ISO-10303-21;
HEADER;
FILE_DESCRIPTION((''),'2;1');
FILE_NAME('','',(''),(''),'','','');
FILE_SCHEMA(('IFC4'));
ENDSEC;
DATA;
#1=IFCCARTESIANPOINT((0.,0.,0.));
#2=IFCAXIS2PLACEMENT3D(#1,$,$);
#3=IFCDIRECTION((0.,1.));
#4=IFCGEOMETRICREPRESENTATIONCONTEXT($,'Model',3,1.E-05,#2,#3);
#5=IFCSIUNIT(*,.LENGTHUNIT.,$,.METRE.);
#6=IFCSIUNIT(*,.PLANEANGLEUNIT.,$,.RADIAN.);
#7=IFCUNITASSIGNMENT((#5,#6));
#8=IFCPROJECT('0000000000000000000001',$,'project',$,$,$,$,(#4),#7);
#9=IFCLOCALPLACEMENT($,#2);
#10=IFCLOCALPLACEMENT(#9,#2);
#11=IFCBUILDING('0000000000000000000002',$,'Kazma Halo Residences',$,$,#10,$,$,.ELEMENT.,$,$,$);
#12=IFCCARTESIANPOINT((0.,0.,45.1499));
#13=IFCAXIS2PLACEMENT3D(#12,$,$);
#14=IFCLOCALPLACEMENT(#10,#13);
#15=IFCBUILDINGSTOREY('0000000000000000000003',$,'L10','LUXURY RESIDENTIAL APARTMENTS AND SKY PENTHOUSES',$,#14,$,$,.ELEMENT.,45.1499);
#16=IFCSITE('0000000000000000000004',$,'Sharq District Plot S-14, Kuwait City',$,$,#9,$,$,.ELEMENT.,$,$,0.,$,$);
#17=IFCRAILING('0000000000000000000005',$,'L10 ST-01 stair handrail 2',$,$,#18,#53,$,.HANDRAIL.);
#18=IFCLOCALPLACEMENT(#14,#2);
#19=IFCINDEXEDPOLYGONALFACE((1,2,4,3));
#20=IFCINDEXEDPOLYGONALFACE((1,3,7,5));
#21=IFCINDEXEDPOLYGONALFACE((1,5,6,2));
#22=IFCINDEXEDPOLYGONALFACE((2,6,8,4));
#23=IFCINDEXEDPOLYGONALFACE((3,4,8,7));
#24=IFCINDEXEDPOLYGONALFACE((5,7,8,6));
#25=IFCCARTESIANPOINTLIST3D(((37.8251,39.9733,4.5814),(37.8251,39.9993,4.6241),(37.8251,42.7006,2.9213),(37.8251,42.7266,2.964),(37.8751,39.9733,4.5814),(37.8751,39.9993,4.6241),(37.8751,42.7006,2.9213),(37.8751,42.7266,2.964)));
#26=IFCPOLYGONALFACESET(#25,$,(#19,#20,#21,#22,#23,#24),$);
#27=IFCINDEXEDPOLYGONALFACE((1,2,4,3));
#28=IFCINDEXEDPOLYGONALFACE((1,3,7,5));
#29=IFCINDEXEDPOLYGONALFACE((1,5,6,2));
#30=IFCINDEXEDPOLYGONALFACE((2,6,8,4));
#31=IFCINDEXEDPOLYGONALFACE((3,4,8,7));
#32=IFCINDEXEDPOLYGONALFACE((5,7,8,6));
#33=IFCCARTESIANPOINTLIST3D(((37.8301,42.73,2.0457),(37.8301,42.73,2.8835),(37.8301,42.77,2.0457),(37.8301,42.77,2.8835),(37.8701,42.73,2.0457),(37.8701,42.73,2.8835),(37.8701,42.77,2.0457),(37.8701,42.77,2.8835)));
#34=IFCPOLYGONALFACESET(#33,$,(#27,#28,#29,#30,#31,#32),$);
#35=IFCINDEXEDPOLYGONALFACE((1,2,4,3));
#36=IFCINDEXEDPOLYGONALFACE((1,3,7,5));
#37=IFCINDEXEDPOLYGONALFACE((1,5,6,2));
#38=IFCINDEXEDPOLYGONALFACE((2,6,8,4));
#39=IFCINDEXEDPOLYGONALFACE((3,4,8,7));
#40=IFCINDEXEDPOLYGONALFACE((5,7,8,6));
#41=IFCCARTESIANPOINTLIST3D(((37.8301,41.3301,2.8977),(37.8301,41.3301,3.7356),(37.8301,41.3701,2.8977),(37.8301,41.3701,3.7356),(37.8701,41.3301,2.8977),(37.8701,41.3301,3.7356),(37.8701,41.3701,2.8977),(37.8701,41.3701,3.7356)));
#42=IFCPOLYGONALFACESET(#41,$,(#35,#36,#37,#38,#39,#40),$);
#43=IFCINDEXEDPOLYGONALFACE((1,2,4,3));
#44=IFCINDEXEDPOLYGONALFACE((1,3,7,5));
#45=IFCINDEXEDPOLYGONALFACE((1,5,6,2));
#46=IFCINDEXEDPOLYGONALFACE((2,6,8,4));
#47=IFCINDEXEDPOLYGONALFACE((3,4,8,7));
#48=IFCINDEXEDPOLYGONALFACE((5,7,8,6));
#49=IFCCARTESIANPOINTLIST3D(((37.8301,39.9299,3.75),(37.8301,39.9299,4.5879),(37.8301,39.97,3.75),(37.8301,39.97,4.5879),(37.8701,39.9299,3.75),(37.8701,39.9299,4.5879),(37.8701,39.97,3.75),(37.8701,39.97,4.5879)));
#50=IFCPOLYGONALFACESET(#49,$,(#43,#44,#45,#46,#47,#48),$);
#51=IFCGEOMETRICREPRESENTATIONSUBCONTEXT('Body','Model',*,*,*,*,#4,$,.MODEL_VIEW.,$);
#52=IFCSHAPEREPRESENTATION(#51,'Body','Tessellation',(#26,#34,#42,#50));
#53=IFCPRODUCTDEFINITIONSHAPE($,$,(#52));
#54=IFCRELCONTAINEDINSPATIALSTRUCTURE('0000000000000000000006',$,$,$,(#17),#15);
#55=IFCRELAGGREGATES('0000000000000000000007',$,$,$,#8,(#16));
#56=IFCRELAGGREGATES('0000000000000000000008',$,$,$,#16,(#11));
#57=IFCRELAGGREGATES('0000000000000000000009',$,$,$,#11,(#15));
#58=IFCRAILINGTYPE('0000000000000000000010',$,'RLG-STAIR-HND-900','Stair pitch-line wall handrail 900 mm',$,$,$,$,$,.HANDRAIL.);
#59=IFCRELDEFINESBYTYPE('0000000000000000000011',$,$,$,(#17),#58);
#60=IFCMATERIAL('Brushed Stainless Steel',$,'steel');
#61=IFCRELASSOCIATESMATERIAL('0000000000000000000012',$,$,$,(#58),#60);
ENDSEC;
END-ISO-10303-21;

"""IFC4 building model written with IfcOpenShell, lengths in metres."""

from ifc_helpers import new_model, si_unit, direction, frame, origin, origin_2d, place, context, subcontext, project, spatial, rectangle, extrude, material, type_object, element, save


model = new_model("IFC4")

# Units and contexts
model_context = context("Model", 3, precision=1e-05, world=origin(), true_north=direction((0.0, 1.0)))
body_context = subcontext(model_context, "Body", "Model", "MODEL_VIEW")
ifc_project = project(units=[si_unit("LENGTHUNIT", "METRE"), si_unit("PLANEANGLEUNIT", "RADIAN")], contexts=[model_context])

# Site, building, storey
site_placement = place(None, origin())
site = spatial("IfcSite", under=ifc_project, at=site_placement, Name="Sharq District Plot S-14, Kuwait City", CompositionType="ELEMENT", RefElevation=0.0)
building_placement = place(site_placement, origin())
building = spatial("IfcBuilding", under=site, at=building_placement, Name="Kazma Halo Residences", CompositionType="ELEMENT")
storey_placement = place(building_placement, frame((0.0, 0.0, 45.1499)))
storey = spatial("IfcBuildingStorey", under=building, at=storey_placement, Name="L10", Description="LUXURY RESIDENTIAL APARTMENTS AND SKY PENTHOUSES", CompositionType="ELEMENT", Elevation=45.1499)

# Railing
ifc_material_1 = material(Name="Brushed Stainless Steel", Category="steel")
railing_type_1 = type_object("IfcRailingType", Name="RLG-STAIR-HND-900", Description="Stair pitch-line wall handrail 900 mm", PredefinedType="HANDRAIL", material=ifc_material_1)
railing_1_placement = place(storey_placement, frame((37.8501, 42.75, 2.0457)))
element("IfcRailing", 1, at=railing_1_placement, inside=storey, type_object=railing_type_1, Name="L10 ST-01 stair handrail 2", PredefinedType="HANDRAIL", context=body_context, shape_type="SweptSolid", body=[
    extrude(rectangle(XDim=0.05, YDim=0.05, at=origin_2d()), frame((0.0, -0.0364, 0.897), z_axis=(0.0, -0.854203, 0.51994), x_axis=(1.0, 0.0, 0.0)), (0.0, 0.0, 1.0), 3.1929),
    extrude(rectangle(XDim=0.04, YDim=0.04, at=origin_2d()), origin(), (0.0, 0.0, 1.0), 0.8379),
    extrude(rectangle(XDim=0.04, YDim=0.04, at=origin_2d()), frame((0.0, -1.3999, 0.8521)), (0.0, 0.0, 1.0), 0.8379),
    extrude(rectangle(XDim=0.04, YDim=0.04, at=origin_2d()), frame((0.0, -2.8, 1.7043)), (0.0, 0.0, 1.0), 0.8379),
])

save(model, "model.ifc")
